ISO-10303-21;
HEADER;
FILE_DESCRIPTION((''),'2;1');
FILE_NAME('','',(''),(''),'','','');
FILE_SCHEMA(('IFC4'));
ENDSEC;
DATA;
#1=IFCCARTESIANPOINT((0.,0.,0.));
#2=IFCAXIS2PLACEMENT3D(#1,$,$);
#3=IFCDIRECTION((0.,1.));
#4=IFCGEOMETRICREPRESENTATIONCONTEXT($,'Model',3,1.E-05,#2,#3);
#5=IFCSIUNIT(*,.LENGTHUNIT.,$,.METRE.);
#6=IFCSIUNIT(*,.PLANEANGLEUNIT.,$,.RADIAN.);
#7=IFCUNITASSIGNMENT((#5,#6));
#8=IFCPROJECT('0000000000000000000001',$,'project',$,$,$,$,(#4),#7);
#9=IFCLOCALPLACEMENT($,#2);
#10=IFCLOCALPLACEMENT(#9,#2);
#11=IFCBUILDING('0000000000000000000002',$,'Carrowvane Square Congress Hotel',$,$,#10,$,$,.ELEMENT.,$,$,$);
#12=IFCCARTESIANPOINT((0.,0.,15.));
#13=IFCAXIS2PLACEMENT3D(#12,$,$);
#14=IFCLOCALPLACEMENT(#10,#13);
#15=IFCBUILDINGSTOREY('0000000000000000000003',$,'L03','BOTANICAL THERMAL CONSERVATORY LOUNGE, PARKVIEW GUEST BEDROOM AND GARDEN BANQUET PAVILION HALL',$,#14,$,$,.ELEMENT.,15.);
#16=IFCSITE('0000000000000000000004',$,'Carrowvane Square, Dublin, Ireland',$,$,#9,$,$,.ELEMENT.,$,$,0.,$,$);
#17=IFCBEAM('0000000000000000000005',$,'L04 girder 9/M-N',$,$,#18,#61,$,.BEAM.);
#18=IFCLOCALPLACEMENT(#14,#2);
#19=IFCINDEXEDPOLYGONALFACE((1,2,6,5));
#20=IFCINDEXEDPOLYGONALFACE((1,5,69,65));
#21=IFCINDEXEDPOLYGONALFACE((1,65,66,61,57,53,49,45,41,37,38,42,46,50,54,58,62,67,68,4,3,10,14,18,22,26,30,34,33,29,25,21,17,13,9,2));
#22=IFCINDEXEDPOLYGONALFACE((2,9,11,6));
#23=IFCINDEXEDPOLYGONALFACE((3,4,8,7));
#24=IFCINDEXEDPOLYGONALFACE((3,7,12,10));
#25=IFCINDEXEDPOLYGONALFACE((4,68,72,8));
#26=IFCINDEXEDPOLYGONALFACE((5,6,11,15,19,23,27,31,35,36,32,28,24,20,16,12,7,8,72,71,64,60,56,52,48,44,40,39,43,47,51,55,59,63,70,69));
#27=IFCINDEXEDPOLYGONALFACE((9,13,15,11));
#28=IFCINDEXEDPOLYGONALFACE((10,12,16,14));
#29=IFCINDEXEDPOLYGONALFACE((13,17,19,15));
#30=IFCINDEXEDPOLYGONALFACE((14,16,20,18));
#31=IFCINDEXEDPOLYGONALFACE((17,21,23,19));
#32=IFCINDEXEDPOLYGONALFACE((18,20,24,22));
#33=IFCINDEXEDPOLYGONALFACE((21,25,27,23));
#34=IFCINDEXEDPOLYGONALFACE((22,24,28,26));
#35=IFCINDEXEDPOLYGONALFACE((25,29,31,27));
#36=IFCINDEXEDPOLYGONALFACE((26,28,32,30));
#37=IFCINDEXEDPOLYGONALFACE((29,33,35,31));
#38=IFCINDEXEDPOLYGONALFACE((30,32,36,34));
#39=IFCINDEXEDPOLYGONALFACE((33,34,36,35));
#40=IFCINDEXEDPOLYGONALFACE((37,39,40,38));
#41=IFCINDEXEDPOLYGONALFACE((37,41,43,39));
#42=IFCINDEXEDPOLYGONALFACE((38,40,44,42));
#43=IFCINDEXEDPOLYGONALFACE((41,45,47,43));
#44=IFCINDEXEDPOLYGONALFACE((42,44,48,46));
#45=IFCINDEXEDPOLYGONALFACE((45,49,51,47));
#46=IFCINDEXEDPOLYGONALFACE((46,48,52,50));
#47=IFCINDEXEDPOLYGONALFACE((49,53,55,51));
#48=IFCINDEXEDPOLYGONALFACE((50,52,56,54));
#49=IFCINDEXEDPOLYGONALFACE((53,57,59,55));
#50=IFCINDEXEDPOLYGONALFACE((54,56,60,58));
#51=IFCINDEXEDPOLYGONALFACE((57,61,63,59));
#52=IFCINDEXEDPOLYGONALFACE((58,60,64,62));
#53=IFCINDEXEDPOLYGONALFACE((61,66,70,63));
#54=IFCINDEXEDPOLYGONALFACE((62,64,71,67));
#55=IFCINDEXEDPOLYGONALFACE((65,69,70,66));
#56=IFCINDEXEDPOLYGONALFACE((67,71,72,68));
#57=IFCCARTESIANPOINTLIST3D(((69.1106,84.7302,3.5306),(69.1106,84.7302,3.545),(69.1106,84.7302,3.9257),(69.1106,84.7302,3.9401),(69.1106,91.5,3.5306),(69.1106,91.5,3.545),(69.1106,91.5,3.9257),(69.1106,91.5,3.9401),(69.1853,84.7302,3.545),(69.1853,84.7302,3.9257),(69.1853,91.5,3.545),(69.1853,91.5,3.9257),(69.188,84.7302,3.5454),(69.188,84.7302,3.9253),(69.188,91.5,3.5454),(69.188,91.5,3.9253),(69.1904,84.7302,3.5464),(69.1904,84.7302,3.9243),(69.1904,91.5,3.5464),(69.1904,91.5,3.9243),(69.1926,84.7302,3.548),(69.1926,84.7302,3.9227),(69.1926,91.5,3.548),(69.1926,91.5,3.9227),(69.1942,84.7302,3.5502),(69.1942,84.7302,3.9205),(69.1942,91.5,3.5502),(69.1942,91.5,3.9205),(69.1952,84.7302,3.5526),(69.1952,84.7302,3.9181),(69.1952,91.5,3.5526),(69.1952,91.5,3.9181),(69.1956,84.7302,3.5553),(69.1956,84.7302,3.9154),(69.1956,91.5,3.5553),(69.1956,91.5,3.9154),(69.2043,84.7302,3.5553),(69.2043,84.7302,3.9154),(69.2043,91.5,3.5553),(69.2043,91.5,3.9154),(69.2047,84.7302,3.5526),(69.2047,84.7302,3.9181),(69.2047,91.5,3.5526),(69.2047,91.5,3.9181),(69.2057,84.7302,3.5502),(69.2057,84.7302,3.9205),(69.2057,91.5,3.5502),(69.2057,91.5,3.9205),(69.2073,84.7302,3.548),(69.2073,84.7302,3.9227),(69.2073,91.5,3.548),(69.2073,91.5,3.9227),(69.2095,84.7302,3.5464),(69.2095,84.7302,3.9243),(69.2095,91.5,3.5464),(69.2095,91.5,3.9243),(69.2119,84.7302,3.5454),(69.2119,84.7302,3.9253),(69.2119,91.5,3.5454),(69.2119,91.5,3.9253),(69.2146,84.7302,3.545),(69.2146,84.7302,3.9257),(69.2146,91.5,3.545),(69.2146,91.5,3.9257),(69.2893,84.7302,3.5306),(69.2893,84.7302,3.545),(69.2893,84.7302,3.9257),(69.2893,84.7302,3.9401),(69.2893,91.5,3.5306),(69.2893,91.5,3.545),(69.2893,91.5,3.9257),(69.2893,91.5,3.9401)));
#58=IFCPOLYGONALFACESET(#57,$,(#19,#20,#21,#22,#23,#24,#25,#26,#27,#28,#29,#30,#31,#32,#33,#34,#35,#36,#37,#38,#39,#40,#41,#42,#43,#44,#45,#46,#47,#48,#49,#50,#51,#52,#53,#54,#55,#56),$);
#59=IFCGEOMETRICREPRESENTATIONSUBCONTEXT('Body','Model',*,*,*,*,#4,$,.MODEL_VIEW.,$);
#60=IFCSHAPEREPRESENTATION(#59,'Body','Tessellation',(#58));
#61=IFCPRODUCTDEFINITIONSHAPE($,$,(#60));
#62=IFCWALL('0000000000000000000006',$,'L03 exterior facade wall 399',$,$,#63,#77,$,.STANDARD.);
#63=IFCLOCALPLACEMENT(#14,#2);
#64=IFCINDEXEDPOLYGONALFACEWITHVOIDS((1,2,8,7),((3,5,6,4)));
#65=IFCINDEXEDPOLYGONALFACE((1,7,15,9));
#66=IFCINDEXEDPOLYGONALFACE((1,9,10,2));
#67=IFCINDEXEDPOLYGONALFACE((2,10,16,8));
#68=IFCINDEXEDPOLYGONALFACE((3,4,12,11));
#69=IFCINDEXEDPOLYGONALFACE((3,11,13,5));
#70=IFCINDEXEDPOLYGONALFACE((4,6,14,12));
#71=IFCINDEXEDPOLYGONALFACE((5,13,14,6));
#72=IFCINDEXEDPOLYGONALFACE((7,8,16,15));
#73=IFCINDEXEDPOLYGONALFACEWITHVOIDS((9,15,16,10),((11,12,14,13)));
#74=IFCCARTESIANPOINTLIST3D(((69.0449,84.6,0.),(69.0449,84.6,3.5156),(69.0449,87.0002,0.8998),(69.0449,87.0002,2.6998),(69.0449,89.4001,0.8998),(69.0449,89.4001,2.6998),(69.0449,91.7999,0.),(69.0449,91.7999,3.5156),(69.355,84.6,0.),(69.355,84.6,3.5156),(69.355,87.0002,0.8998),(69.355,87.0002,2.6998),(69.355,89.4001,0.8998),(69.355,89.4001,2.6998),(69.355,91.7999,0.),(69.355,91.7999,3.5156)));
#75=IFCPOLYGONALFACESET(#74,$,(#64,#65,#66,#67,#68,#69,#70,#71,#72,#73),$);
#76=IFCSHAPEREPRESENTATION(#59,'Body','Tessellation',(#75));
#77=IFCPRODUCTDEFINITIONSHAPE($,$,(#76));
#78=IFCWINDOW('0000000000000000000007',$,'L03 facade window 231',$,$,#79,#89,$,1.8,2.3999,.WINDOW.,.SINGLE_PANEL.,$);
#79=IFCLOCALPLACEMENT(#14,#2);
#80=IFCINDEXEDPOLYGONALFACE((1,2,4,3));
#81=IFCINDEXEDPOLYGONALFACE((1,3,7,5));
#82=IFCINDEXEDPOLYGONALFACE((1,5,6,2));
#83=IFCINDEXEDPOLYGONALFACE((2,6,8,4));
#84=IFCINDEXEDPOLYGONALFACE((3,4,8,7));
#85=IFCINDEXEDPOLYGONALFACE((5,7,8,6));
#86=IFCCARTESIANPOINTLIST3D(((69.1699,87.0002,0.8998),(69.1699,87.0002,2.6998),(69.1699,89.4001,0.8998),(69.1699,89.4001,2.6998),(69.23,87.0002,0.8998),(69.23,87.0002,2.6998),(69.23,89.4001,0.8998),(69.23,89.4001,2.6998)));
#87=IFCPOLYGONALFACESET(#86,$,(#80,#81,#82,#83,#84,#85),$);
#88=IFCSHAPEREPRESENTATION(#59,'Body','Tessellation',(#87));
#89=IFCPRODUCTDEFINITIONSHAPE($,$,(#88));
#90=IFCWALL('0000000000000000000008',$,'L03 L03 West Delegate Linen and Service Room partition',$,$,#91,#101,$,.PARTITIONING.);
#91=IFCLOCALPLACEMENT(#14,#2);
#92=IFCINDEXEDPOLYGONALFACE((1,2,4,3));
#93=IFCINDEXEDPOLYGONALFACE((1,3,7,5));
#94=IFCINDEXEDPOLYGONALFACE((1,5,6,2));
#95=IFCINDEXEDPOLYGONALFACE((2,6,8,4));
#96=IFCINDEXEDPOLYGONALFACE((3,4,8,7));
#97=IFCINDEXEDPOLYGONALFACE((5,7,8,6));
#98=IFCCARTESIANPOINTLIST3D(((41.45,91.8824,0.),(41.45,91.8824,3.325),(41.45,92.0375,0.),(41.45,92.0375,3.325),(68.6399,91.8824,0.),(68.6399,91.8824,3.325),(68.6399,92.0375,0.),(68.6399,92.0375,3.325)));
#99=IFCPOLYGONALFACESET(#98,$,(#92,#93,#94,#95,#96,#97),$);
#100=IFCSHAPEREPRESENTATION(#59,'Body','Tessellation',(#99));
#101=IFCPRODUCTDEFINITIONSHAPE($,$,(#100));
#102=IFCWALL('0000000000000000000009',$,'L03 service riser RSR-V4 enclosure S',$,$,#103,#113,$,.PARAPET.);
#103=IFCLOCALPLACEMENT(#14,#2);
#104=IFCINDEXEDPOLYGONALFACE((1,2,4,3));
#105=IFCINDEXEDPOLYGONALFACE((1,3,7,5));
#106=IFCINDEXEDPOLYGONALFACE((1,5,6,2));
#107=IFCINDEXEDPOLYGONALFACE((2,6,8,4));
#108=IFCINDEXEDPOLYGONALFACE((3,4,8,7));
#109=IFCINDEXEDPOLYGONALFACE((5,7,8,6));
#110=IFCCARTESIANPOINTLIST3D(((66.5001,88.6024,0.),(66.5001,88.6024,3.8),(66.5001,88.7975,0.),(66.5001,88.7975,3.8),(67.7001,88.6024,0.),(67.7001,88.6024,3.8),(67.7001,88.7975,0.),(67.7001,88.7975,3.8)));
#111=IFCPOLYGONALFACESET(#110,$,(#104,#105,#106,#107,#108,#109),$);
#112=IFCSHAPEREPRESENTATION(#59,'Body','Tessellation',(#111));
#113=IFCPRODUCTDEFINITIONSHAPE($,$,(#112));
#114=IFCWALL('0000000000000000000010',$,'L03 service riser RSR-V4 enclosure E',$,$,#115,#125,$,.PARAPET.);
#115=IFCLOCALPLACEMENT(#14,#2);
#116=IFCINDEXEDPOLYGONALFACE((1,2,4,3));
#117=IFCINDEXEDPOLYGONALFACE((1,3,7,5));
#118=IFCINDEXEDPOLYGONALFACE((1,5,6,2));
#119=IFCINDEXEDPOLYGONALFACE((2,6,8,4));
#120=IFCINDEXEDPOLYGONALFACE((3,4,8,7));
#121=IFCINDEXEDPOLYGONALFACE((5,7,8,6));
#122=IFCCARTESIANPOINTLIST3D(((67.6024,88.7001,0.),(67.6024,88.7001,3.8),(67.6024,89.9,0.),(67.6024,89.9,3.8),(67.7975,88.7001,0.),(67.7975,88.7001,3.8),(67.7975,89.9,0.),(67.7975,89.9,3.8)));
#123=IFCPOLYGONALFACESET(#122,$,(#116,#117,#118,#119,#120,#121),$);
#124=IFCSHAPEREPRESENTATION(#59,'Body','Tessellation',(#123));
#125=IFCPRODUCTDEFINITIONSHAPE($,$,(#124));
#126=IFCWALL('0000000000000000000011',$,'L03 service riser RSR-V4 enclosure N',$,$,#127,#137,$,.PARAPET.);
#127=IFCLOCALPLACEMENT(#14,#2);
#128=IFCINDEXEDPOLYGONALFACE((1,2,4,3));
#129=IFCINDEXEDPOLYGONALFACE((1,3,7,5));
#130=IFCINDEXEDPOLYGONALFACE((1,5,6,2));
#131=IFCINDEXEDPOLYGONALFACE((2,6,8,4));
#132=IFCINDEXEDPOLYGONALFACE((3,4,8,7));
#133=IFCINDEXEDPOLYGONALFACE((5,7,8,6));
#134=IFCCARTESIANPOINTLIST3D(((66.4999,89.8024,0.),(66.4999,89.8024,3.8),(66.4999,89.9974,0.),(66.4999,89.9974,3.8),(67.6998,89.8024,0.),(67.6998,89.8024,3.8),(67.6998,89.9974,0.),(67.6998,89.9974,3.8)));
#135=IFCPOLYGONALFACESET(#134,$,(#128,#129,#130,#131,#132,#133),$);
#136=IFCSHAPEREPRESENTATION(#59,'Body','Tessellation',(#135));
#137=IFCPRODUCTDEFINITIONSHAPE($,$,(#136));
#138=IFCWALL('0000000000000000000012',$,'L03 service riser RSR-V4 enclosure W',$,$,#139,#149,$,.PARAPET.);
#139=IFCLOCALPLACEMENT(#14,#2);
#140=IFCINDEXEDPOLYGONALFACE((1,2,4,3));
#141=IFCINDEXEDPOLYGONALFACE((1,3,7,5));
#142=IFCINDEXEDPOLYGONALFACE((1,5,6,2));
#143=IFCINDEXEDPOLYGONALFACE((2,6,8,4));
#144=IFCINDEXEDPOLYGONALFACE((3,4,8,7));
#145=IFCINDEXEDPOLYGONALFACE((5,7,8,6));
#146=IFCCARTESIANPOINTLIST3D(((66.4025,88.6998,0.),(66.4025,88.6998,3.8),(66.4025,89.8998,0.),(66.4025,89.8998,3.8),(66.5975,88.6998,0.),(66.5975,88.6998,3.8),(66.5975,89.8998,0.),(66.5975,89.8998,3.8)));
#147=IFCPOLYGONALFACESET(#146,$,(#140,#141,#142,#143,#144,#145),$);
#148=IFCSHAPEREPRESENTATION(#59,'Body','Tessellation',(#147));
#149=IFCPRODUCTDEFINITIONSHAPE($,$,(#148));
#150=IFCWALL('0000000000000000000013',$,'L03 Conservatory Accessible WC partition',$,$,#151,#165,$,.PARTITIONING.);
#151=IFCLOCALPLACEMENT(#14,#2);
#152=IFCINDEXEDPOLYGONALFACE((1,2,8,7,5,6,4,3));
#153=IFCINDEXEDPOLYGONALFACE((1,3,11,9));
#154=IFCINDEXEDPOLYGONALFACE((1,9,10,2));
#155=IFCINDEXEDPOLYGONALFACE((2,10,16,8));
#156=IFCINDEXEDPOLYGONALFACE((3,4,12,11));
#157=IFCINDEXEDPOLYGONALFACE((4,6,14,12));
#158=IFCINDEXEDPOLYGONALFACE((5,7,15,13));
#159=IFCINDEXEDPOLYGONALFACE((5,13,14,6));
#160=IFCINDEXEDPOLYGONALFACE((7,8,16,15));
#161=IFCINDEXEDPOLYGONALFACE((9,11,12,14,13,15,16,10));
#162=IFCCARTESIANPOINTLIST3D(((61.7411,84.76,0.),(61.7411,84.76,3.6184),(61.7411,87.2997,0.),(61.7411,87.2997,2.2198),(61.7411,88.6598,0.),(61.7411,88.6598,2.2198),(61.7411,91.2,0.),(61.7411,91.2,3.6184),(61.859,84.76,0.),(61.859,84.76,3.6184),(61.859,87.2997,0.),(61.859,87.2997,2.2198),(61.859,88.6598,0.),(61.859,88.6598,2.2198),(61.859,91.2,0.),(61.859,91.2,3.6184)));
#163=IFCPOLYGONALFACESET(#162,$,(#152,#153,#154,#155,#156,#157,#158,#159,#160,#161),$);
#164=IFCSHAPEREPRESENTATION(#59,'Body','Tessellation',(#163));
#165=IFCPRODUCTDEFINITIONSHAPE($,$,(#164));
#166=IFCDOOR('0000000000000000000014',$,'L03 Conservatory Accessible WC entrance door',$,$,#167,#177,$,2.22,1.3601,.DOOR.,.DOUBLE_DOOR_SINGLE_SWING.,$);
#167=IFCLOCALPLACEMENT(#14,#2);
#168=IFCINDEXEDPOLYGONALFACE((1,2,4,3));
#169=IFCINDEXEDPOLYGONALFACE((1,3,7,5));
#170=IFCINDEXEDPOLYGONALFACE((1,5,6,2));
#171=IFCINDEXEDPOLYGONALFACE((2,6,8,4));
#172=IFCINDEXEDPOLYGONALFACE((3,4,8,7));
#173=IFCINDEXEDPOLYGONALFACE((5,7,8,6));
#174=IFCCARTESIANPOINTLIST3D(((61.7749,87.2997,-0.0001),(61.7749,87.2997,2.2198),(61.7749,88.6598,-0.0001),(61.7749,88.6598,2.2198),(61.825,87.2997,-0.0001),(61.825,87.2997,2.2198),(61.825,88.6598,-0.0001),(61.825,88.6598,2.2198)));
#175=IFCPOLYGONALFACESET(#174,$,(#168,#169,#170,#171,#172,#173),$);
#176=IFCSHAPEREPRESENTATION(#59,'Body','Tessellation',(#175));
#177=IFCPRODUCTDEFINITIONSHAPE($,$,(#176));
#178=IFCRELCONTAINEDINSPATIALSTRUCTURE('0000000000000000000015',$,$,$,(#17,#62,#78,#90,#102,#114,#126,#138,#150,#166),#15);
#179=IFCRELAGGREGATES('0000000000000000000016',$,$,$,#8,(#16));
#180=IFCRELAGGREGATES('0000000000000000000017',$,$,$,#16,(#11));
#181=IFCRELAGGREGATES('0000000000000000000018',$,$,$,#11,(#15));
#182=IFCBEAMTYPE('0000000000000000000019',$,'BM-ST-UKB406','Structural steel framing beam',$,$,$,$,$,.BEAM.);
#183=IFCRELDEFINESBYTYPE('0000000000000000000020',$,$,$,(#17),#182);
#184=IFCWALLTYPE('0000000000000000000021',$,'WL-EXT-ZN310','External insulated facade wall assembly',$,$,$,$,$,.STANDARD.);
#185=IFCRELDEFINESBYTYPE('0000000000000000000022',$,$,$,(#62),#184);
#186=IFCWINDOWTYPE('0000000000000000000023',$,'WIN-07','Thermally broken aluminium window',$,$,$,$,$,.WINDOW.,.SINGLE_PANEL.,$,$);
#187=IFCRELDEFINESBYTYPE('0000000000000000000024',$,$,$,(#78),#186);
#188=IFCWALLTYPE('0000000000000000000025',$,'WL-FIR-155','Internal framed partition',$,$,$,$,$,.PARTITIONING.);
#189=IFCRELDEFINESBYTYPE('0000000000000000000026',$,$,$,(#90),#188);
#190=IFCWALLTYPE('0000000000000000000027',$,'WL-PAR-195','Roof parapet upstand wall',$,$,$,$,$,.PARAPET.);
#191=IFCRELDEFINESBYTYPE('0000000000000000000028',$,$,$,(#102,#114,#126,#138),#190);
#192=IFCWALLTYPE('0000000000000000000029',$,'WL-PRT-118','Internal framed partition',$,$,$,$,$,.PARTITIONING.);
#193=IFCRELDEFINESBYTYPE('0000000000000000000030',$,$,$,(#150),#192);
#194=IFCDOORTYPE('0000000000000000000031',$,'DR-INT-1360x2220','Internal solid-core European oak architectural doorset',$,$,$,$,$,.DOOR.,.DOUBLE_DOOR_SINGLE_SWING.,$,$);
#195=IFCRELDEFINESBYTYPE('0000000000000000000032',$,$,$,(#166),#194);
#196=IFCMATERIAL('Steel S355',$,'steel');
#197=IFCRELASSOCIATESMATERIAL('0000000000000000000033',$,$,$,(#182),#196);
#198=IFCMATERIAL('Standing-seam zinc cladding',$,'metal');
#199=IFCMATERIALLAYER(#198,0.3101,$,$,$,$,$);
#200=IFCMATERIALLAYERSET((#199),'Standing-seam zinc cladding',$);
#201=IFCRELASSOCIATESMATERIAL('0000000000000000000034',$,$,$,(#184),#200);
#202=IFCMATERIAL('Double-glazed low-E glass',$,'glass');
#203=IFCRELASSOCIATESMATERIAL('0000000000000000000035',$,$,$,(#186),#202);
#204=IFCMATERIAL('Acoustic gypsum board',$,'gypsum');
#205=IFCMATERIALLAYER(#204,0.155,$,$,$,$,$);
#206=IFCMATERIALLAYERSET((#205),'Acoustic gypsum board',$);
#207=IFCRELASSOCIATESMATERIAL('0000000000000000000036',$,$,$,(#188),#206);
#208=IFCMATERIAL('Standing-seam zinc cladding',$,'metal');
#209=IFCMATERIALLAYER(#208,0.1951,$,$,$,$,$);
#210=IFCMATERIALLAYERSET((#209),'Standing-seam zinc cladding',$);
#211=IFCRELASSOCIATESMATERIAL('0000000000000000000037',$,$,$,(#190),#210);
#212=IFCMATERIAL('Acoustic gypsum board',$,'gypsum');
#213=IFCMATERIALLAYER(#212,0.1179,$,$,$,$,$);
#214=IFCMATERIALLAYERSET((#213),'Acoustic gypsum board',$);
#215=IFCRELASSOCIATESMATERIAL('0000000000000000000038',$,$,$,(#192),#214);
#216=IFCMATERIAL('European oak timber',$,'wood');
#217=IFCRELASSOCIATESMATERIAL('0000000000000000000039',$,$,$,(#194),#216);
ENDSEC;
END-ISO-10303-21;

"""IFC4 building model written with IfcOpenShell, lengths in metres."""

from ifc_helpers import new_model, si_unit, direction, frame, frame_2d, origin, origin_2d, place, context, subcontext, project, spatial, rectangle, i_section, extrude, material, layer, layer_set, material_profile, profile_set, type_object, element, fill, save


model = new_model("IFC4")

# Units and contexts
model_context = context("Model", 3, precision=1e-05, world=origin(), true_north=direction((0.0, 1.0)))
body_context = subcontext(model_context, "Body", "Model", "MODEL_VIEW")
ifc_project = project(units=[si_unit("LENGTHUNIT", "METRE"), si_unit("PLANEANGLEUNIT", "RADIAN")], contexts=[model_context])

# Site, building, storey
site_placement = place(None, origin())
site = spatial("IfcSite", under=ifc_project, at=site_placement, Name="Carrowvane Square, Dublin, Ireland", CompositionType="ELEMENT", RefElevation=0.0)
building_placement = place(site_placement, origin())
building = spatial("IfcBuilding", under=site, at=building_placement, Name="Carrowvane Square Congress Hotel", CompositionType="ELEMENT")
storey_placement = place(building_placement, frame((0.0, 0.0, 15.0)))
storey = spatial("IfcBuildingStorey", under=building, at=storey_placement, Name="L03", Description="BOTANICAL THERMAL CONSERVATORY LOUNGE, PARKVIEW GUEST BEDROOM AND GARDEN BANQUET PAVILION HALL", CompositionType="ELEMENT", Elevation=15.0)

# Beam
ifc_material_1 = material(Name="Steel S355", Category="steel")
ifc_material_profile_1 = material_profile(ifc_material_1, i_section(OverallWidth=0.1787, OverallDepth=0.4094, WebThickness=0.0088, FlangeThickness=0.0144, FilletRadius=0.0103, at=origin_2d()), Name="UKB 406x178x67")
ifc_profile_set_1 = profile_set([ifc_material_profile_1], Name="Steel S355")
beam_type_1 = type_object("IfcBeamType", Name="BM-ST-UKB406", Description="Structural steel framing beam", PredefinedType="BEAM", material=ifc_profile_set_1)
for number, where, z_axis, x_axis, name in (
    (1, (69.2, 84.7302, 3.7354), (0.0, 1.0, 0.0), (-1.0, 0.0, 0.0), "L04 girder 9/M-N"),
):
    element("IfcBeam", number, at=place(storey_placement, frame(where, z_axis=z_axis, x_axis=x_axis)), inside=storey, type_object=beam_type_1, Name=name, PredefinedType="BEAM", context=body_context, shape_type="SweptSolid", body=[
        extrude(i_section(OverallWidth=0.1787, OverallDepth=0.4094, WebThickness=0.0088, FlangeThickness=0.0144, FilletRadius=0.0103, at=origin_2d()), origin(), (0.0, 0.0, 1.0), 6.7698),
    ])

# Wall, opening, window
ifc_material_2 = material(Name="Standing-seam zinc cladding", Category="metal")
ifc_layer_1 = layer(ifc_material_2, 0.3101)
ifc_layer_set_1 = layer_set([ifc_layer_1], Name="Standing-seam zinc cladding")
wall_type_1 = type_object("IfcWallType", Name="WL-EXT-ZN310", Description="External insulated facade wall assembly", PredefinedType="STANDARD", material=ifc_layer_set_1)
wall_1_placement = place(storey_placement, frame((69.2, 91.8, 0.0), z_axis=(0.0, 0.0, 1.0), x_axis=(0.0, -1.0, 0.0)))
wall_1 = element("IfcWall", 2, at=wall_1_placement, inside=storey, type_object=wall_type_1, Name="L03 exterior facade wall 399", PredefinedType="STANDARD", context=body_context, shape_type="SweptSolid", body=[
    extrude(rectangle(XDim=7.2, YDim=0.3101, at=frame_2d((3.6001, 0.0))), origin(), (0.0, 0.0, 1.0), 3.5156),
])
opening_1_placement = place(wall_1_placement, frame((2.3999, 0.0, 0.8999)))
opening_1 = element("IfcOpeningElement", 3, at=opening_1_placement, cuts=wall_1, PredefinedType="OPENING", context=body_context, shape_type="SweptSolid", body=[
    extrude(rectangle(XDim=2.3999, YDim=1.8, at=frame_2d((1.2, 0.8999))), frame((0.0, 0.165, 0.0), z_axis=(0.0, -1.0, 0.0), x_axis=(1.0, 0.0, 0.0)), (0.0, 0.0, 1.0), 0.3301),
])
ifc_material_3 = material(Name="Double-glazed low-E glass", Category="glass")
window_type = type_object("IfcWindowType", Name="WIN-07", Description="Thermally broken aluminium window", PartitioningType="SINGLE_PANEL", PredefinedType="WINDOW", material=ifc_material_3)
window_placement = place(opening_1_placement, origin())
window = element("IfcWindow", 4, at=window_placement, inside=storey, type_object=window_type, Name="L03 facade window 231", OverallHeight=1.8, OverallWidth=2.3999, PartitioningType="SINGLE_PANEL", PredefinedType="WINDOW", context=body_context, shape_type="SweptSolid", body=[
    extrude(rectangle(XDim=2.3999, YDim=1.8, at=frame_2d((1.2, 0.8999))), frame((0.0, 0.03, 0.0), z_axis=(0.0, -1.0, 0.0), x_axis=(1.0, 0.0, 0.0)), (0.0, 0.0, 1.0), 0.0601),
])
fill(opening_1, window)

# Walls
ifc_material_4 = material(Name="Acoustic gypsum board", Category="gypsum")
ifc_layer_2 = layer(ifc_material_4, 0.155)
ifc_layer_set_2 = layer_set([ifc_layer_2], Name="Acoustic gypsum board")
wall_type_2 = type_object("IfcWallType", Name="WL-FIR-155", Description="Internal framed partition", PredefinedType="PARTITIONING", material=ifc_layer_set_2)
wall_2_placement = place(storey_placement, frame((68.6399, 91.96, 0.0), z_axis=(0.0, 0.0, 1.0), x_axis=(-1.0, 0.0, 0.0)))
element("IfcWall", 5, at=wall_2_placement, inside=storey, type_object=wall_type_2, Name="L03 L03 West Delegate Linen and Service Room partition", PredefinedType="PARTITIONING", context=body_context, shape_type="SweptSolid", body=[
    extrude(rectangle(XDim=27.1899, YDim=0.155, at=frame_2d((13.595, 0.0))), origin(), (0.0, 0.0, 1.0), 3.325),
])
ifc_material_5 = material(Name="Standing-seam zinc cladding", Category="metal")
ifc_layer_3 = layer(ifc_material_5, 0.1951)
ifc_layer_set_3 = layer_set([ifc_layer_3], Name="Standing-seam zinc cladding")
wall_type_3 = type_object("IfcWallType", Name="WL-PAR-195", Description="Roof parapet upstand wall", PredefinedType="PARAPET", material=ifc_layer_set_3)
for number, where, z_axis, x_axis, name in (
    (6, (66.5, 88.7, 0.0), (0.0, 0.0, 1.0), (1.0, 0.0, 0.0), "L03 service riser RSR-V4 enclosure S"),
    (7, (67.7, 88.7, 0.0), (0.0, 0.0, 1.0), (0.0, 1.0, 0.0), "L03 service riser RSR-V4 enclosure E"),
    (8, (67.7, 89.8999, 0.0), (0.0, 0.0, 1.0), (-1.0, 0.0, 0.0), "L03 service riser RSR-V4 enclosure N"),
    (9, (66.5, 89.8999, 0.0), (0.0, 0.0, 1.0), (0.0, -1.0, 0.0), "L03 service riser RSR-V4 enclosure W"),
):
    element("IfcWall", number, at=place(storey_placement, frame(where, z_axis=z_axis, x_axis=x_axis)), inside=storey, type_object=wall_type_3, Name=name, PredefinedType="PARAPET", context=body_context, shape_type="SweptSolid", body=[
        extrude(rectangle(XDim=1.2, YDim=0.1951, at=frame_2d((0.6001, 0.0))), origin(), (0.0, 0.0, 1.0), 3.8),
    ])

# Wall, opening, door
ifc_material_6 = material(Name="Acoustic gypsum board", Category="gypsum")
ifc_layer_4 = layer(ifc_material_6, 0.1179)
ifc_layer_set_4 = layer_set([ifc_layer_4], Name="Acoustic gypsum board")
wall_type_4 = type_object("IfcWallType", Name="WL-PRT-118", Description="Internal framed partition", PredefinedType="PARTITIONING", material=ifc_layer_set_4)
wall_3_placement = place(storey_placement, frame((61.8, 91.2, 0.0), z_axis=(0.0, 0.0, 1.0), x_axis=(0.0, -1.0, 0.0)))
wall_3 = element("IfcWall", 10, at=wall_3_placement, inside=storey, type_object=wall_type_4, Name="L03 Conservatory Accessible WC partition", PredefinedType="PARTITIONING", context=body_context, shape_type="SweptSolid", body=[
    extrude(rectangle(XDim=6.4399, YDim=0.1179, at=frame_2d((3.22, 0.0))), origin(), (0.0, 0.0, 1.0), 3.6184),
])
opening_2_placement = place(wall_3_placement, frame((2.54, 0.0, 0.0)))
opening_2 = element("IfcOpeningElement", 11, at=opening_2_placement, cuts=wall_3, PredefinedType="OPENING", context=body_context, shape_type="SweptSolid", body=[
    extrude(rectangle(XDim=1.3601, YDim=2.22, at=frame_2d((0.6802, 1.1099))), frame((0.0, 0.0688, 0.0), z_axis=(0.0, -1.0, 0.0), x_axis=(1.0, 0.0, 0.0)), (0.0, 0.0, 1.0), 0.1379),
])
ifc_material_7 = material(Name="European oak timber", Category="wood")
door_type = type_object("IfcDoorType", Name="DR-INT-1360x2220", Description="Internal solid-core European oak architectural doorset", OperationType="DOUBLE_DOOR_SINGLE_SWING", PredefinedType="DOOR", material=ifc_material_7)
door_placement = place(opening_2_placement, origin())
door = element("IfcDoor", 12, at=door_placement, inside=storey, type_object=door_type, Name="L03 Conservatory Accessible WC entrance door", OperationType="DOUBLE_DOOR_SINGLE_SWING", OverallHeight=2.22, OverallWidth=1.3601, PredefinedType="DOOR", context=body_context, shape_type="SweptSolid", body=[
    extrude(rectangle(XDim=1.3601, YDim=2.22, at=frame_2d((0.6802, 1.1099))), frame((0.0, 0.0249, 0.0), z_axis=(0.0, -1.0, 0.0), x_axis=(1.0, 0.0, 0.0)), (0.0, 0.0, 1.0), 0.05),
])
fill(opening_2, door)

save(model, "model.ifc")
